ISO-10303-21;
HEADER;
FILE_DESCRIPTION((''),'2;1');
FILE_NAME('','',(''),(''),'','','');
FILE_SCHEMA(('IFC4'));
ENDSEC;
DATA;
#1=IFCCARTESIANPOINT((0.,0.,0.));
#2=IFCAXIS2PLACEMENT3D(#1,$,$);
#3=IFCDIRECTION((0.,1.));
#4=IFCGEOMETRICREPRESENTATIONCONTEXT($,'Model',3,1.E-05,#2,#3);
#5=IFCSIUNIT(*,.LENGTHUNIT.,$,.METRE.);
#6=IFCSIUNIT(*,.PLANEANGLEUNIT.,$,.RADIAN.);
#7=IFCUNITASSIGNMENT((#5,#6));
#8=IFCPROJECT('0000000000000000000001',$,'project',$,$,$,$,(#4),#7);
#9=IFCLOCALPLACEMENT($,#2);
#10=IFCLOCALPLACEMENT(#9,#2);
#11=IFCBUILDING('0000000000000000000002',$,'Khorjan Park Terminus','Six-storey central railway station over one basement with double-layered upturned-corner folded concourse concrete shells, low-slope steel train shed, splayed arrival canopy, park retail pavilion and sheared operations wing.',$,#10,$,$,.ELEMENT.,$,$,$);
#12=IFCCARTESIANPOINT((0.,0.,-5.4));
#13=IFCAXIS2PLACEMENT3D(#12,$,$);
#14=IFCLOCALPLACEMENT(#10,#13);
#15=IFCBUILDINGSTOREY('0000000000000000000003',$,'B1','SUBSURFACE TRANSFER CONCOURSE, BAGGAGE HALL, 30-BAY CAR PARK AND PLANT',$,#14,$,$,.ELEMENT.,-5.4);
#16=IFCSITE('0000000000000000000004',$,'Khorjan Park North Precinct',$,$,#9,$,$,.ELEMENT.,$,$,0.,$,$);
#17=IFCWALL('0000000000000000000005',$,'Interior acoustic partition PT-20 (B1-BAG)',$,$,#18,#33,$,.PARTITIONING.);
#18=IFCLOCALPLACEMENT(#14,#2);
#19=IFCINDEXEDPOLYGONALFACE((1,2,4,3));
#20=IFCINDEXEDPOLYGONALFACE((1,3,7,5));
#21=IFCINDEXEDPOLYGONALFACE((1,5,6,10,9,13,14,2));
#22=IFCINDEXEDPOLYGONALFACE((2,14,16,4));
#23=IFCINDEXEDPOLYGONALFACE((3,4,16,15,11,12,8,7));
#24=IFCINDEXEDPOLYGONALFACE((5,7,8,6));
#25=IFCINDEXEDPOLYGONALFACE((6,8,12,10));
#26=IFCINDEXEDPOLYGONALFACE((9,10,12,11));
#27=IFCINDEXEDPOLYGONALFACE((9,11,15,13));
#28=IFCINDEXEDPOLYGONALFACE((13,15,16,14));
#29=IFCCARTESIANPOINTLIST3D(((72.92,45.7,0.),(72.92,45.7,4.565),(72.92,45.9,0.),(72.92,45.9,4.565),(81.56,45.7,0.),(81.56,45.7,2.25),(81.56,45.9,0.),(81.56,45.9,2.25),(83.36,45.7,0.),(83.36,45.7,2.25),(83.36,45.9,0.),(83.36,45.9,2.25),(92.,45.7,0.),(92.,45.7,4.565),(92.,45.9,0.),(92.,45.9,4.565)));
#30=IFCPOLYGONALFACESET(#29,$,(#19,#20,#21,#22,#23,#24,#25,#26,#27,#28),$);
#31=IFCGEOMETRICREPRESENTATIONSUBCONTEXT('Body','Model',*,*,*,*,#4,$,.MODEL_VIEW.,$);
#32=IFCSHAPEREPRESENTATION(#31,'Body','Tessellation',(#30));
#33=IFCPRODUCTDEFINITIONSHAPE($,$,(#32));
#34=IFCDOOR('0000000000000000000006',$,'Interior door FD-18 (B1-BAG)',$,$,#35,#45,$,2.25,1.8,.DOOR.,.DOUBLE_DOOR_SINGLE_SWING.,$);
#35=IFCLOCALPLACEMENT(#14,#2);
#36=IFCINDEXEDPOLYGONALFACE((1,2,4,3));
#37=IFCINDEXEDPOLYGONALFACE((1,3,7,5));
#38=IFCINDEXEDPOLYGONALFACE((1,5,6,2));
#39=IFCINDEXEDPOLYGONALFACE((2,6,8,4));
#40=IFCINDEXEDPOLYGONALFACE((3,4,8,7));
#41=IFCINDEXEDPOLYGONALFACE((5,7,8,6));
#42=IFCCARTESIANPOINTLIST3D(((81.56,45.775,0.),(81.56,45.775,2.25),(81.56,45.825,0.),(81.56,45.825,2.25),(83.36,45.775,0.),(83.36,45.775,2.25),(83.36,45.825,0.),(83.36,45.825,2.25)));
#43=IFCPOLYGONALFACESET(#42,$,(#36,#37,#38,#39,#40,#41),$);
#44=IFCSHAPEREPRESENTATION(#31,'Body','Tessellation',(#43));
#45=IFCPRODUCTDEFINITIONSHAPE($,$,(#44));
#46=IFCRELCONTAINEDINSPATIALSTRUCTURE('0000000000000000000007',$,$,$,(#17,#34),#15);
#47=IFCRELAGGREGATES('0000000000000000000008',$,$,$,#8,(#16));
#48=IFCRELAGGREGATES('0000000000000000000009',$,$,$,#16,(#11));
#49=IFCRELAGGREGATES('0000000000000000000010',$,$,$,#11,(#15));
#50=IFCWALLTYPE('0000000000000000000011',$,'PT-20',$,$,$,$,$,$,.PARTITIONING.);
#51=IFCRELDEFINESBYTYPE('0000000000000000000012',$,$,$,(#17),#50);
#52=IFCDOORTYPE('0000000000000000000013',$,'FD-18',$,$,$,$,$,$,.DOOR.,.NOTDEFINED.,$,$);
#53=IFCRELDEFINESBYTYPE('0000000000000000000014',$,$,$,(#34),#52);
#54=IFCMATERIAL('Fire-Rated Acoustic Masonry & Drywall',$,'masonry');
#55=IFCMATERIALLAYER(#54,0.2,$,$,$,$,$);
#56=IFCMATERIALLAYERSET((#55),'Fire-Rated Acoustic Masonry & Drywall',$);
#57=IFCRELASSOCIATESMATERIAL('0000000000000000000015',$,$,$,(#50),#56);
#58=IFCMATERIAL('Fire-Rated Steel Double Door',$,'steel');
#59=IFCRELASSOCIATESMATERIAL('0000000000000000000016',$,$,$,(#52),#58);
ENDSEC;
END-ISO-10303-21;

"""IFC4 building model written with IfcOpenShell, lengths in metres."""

from ifc_helpers import new_model, si_unit, direction, frame, frame_2d, origin, place, context, subcontext, project, spatial, rectangle, extrude, material, layer, layer_set, type_object, element, fill, save


model = new_model("IFC4")

# Units and contexts
model_context = context("Model", 3, precision=1e-05, world=origin(), true_north=direction((0.0, 1.0)))
body_context = subcontext(model_context, "Body", "Model", "MODEL_VIEW")
ifc_project = project(units=[si_unit("LENGTHUNIT", "METRE"), si_unit("PLANEANGLEUNIT", "RADIAN")], contexts=[model_context])

# Site, building, storey
site_placement = place(None, origin())
site = spatial("IfcSite", under=ifc_project, at=site_placement, Name="Khorjan Park North Precinct", CompositionType="ELEMENT", RefElevation=0.0)
building_placement = place(site_placement, origin())
building = spatial("IfcBuilding", under=site, at=building_placement, Name="Khorjan Park Terminus", Description="Six-storey central railway station over one basement with double-layered upturned-corner folded concourse concrete shells, low-slope steel train shed, splayed arrival canopy, park retail pavilion and sheared operations wing.", CompositionType="ELEMENT")
storey_placement = place(building_placement, frame((0.0, 0.0, -5.4)))
storey = spatial("IfcBuildingStorey", under=building, at=storey_placement, Name="B1", Description="SUBSURFACE TRANSFER CONCOURSE, BAGGAGE HALL, 30-BAY CAR PARK AND PLANT", CompositionType="ELEMENT", Elevation=-5.4)

# Wall, opening, door
ifc_material_1 = material(Name="Fire-Rated Acoustic Masonry & Drywall", Category="masonry")
ifc_layer_1 = layer(ifc_material_1, 0.2)
ifc_layer_set_1 = layer_set([ifc_layer_1], Name="Fire-Rated Acoustic Masonry & Drywall")
wall_type_1 = type_object("IfcWallType", Name="PT-20", PredefinedType="PARTITIONING", material=ifc_layer_set_1)
wall_1_placement = place(storey_placement, frame((92.0, 45.8, 0.0), z_axis=(0.0, 0.0, 1.0), x_axis=(-1.0, 0.0, 0.0)))
wall_1 = element("IfcWall", 1, at=wall_1_placement, inside=storey, type_object=wall_type_1, Name="Interior acoustic partition PT-20 (B1-BAG)", PredefinedType="PARTITIONING", context=body_context, shape_type="SweptSolid", body=[
    extrude(rectangle(XDim=19.08, YDim=0.2, at=frame_2d((9.54, 0.0))), origin(), (0.0, 0.0, 1.0), 4.565),
])
opening_placement = place(wall_1_placement, frame((8.64, 0.0, 0.0)))
opening = element("IfcOpeningElement", 2, at=opening_placement, cuts=wall_1, PredefinedType="OPENING", context=body_context, shape_type="SweptSolid", body=[
    extrude(rectangle(XDim=1.8, YDim=2.25, at=frame_2d((0.9, 1.125))), frame((0.0, 0.11, 0.0), z_axis=(0.0, -1.0, 0.0), x_axis=(1.0, 0.0, 0.0)), (0.0, 0.0, 1.0), 0.22),
])
ifc_material_2 = material(Name="Fire-Rated Steel Double Door", Category="steel")
door_type = type_object("IfcDoorType", Name="FD-18", OperationType="NOTDEFINED", PredefinedType="DOOR", material=ifc_material_2)
door_placement = place(opening_placement, origin())
door = element("IfcDoor", 3, at=door_placement, inside=storey, type_object=door_type, Name="Interior door FD-18 (B1-BAG)", OperationType="DOUBLE_DOOR_SINGLE_SWING", OverallHeight=2.25, OverallWidth=1.8, PredefinedType="DOOR", context=body_context, shape_type="SweptSolid", body=[
    extrude(rectangle(XDim=1.8, YDim=2.25, at=frame_2d((0.9, 1.125))), frame((0.0, 0.025, 0.0), z_axis=(0.0, -1.0, 0.0), x_axis=(1.0, 0.0, 0.0)), (0.0, 0.0, 1.0), 0.05),
])
fill(opening, door)

save(model, "model.ifc")
